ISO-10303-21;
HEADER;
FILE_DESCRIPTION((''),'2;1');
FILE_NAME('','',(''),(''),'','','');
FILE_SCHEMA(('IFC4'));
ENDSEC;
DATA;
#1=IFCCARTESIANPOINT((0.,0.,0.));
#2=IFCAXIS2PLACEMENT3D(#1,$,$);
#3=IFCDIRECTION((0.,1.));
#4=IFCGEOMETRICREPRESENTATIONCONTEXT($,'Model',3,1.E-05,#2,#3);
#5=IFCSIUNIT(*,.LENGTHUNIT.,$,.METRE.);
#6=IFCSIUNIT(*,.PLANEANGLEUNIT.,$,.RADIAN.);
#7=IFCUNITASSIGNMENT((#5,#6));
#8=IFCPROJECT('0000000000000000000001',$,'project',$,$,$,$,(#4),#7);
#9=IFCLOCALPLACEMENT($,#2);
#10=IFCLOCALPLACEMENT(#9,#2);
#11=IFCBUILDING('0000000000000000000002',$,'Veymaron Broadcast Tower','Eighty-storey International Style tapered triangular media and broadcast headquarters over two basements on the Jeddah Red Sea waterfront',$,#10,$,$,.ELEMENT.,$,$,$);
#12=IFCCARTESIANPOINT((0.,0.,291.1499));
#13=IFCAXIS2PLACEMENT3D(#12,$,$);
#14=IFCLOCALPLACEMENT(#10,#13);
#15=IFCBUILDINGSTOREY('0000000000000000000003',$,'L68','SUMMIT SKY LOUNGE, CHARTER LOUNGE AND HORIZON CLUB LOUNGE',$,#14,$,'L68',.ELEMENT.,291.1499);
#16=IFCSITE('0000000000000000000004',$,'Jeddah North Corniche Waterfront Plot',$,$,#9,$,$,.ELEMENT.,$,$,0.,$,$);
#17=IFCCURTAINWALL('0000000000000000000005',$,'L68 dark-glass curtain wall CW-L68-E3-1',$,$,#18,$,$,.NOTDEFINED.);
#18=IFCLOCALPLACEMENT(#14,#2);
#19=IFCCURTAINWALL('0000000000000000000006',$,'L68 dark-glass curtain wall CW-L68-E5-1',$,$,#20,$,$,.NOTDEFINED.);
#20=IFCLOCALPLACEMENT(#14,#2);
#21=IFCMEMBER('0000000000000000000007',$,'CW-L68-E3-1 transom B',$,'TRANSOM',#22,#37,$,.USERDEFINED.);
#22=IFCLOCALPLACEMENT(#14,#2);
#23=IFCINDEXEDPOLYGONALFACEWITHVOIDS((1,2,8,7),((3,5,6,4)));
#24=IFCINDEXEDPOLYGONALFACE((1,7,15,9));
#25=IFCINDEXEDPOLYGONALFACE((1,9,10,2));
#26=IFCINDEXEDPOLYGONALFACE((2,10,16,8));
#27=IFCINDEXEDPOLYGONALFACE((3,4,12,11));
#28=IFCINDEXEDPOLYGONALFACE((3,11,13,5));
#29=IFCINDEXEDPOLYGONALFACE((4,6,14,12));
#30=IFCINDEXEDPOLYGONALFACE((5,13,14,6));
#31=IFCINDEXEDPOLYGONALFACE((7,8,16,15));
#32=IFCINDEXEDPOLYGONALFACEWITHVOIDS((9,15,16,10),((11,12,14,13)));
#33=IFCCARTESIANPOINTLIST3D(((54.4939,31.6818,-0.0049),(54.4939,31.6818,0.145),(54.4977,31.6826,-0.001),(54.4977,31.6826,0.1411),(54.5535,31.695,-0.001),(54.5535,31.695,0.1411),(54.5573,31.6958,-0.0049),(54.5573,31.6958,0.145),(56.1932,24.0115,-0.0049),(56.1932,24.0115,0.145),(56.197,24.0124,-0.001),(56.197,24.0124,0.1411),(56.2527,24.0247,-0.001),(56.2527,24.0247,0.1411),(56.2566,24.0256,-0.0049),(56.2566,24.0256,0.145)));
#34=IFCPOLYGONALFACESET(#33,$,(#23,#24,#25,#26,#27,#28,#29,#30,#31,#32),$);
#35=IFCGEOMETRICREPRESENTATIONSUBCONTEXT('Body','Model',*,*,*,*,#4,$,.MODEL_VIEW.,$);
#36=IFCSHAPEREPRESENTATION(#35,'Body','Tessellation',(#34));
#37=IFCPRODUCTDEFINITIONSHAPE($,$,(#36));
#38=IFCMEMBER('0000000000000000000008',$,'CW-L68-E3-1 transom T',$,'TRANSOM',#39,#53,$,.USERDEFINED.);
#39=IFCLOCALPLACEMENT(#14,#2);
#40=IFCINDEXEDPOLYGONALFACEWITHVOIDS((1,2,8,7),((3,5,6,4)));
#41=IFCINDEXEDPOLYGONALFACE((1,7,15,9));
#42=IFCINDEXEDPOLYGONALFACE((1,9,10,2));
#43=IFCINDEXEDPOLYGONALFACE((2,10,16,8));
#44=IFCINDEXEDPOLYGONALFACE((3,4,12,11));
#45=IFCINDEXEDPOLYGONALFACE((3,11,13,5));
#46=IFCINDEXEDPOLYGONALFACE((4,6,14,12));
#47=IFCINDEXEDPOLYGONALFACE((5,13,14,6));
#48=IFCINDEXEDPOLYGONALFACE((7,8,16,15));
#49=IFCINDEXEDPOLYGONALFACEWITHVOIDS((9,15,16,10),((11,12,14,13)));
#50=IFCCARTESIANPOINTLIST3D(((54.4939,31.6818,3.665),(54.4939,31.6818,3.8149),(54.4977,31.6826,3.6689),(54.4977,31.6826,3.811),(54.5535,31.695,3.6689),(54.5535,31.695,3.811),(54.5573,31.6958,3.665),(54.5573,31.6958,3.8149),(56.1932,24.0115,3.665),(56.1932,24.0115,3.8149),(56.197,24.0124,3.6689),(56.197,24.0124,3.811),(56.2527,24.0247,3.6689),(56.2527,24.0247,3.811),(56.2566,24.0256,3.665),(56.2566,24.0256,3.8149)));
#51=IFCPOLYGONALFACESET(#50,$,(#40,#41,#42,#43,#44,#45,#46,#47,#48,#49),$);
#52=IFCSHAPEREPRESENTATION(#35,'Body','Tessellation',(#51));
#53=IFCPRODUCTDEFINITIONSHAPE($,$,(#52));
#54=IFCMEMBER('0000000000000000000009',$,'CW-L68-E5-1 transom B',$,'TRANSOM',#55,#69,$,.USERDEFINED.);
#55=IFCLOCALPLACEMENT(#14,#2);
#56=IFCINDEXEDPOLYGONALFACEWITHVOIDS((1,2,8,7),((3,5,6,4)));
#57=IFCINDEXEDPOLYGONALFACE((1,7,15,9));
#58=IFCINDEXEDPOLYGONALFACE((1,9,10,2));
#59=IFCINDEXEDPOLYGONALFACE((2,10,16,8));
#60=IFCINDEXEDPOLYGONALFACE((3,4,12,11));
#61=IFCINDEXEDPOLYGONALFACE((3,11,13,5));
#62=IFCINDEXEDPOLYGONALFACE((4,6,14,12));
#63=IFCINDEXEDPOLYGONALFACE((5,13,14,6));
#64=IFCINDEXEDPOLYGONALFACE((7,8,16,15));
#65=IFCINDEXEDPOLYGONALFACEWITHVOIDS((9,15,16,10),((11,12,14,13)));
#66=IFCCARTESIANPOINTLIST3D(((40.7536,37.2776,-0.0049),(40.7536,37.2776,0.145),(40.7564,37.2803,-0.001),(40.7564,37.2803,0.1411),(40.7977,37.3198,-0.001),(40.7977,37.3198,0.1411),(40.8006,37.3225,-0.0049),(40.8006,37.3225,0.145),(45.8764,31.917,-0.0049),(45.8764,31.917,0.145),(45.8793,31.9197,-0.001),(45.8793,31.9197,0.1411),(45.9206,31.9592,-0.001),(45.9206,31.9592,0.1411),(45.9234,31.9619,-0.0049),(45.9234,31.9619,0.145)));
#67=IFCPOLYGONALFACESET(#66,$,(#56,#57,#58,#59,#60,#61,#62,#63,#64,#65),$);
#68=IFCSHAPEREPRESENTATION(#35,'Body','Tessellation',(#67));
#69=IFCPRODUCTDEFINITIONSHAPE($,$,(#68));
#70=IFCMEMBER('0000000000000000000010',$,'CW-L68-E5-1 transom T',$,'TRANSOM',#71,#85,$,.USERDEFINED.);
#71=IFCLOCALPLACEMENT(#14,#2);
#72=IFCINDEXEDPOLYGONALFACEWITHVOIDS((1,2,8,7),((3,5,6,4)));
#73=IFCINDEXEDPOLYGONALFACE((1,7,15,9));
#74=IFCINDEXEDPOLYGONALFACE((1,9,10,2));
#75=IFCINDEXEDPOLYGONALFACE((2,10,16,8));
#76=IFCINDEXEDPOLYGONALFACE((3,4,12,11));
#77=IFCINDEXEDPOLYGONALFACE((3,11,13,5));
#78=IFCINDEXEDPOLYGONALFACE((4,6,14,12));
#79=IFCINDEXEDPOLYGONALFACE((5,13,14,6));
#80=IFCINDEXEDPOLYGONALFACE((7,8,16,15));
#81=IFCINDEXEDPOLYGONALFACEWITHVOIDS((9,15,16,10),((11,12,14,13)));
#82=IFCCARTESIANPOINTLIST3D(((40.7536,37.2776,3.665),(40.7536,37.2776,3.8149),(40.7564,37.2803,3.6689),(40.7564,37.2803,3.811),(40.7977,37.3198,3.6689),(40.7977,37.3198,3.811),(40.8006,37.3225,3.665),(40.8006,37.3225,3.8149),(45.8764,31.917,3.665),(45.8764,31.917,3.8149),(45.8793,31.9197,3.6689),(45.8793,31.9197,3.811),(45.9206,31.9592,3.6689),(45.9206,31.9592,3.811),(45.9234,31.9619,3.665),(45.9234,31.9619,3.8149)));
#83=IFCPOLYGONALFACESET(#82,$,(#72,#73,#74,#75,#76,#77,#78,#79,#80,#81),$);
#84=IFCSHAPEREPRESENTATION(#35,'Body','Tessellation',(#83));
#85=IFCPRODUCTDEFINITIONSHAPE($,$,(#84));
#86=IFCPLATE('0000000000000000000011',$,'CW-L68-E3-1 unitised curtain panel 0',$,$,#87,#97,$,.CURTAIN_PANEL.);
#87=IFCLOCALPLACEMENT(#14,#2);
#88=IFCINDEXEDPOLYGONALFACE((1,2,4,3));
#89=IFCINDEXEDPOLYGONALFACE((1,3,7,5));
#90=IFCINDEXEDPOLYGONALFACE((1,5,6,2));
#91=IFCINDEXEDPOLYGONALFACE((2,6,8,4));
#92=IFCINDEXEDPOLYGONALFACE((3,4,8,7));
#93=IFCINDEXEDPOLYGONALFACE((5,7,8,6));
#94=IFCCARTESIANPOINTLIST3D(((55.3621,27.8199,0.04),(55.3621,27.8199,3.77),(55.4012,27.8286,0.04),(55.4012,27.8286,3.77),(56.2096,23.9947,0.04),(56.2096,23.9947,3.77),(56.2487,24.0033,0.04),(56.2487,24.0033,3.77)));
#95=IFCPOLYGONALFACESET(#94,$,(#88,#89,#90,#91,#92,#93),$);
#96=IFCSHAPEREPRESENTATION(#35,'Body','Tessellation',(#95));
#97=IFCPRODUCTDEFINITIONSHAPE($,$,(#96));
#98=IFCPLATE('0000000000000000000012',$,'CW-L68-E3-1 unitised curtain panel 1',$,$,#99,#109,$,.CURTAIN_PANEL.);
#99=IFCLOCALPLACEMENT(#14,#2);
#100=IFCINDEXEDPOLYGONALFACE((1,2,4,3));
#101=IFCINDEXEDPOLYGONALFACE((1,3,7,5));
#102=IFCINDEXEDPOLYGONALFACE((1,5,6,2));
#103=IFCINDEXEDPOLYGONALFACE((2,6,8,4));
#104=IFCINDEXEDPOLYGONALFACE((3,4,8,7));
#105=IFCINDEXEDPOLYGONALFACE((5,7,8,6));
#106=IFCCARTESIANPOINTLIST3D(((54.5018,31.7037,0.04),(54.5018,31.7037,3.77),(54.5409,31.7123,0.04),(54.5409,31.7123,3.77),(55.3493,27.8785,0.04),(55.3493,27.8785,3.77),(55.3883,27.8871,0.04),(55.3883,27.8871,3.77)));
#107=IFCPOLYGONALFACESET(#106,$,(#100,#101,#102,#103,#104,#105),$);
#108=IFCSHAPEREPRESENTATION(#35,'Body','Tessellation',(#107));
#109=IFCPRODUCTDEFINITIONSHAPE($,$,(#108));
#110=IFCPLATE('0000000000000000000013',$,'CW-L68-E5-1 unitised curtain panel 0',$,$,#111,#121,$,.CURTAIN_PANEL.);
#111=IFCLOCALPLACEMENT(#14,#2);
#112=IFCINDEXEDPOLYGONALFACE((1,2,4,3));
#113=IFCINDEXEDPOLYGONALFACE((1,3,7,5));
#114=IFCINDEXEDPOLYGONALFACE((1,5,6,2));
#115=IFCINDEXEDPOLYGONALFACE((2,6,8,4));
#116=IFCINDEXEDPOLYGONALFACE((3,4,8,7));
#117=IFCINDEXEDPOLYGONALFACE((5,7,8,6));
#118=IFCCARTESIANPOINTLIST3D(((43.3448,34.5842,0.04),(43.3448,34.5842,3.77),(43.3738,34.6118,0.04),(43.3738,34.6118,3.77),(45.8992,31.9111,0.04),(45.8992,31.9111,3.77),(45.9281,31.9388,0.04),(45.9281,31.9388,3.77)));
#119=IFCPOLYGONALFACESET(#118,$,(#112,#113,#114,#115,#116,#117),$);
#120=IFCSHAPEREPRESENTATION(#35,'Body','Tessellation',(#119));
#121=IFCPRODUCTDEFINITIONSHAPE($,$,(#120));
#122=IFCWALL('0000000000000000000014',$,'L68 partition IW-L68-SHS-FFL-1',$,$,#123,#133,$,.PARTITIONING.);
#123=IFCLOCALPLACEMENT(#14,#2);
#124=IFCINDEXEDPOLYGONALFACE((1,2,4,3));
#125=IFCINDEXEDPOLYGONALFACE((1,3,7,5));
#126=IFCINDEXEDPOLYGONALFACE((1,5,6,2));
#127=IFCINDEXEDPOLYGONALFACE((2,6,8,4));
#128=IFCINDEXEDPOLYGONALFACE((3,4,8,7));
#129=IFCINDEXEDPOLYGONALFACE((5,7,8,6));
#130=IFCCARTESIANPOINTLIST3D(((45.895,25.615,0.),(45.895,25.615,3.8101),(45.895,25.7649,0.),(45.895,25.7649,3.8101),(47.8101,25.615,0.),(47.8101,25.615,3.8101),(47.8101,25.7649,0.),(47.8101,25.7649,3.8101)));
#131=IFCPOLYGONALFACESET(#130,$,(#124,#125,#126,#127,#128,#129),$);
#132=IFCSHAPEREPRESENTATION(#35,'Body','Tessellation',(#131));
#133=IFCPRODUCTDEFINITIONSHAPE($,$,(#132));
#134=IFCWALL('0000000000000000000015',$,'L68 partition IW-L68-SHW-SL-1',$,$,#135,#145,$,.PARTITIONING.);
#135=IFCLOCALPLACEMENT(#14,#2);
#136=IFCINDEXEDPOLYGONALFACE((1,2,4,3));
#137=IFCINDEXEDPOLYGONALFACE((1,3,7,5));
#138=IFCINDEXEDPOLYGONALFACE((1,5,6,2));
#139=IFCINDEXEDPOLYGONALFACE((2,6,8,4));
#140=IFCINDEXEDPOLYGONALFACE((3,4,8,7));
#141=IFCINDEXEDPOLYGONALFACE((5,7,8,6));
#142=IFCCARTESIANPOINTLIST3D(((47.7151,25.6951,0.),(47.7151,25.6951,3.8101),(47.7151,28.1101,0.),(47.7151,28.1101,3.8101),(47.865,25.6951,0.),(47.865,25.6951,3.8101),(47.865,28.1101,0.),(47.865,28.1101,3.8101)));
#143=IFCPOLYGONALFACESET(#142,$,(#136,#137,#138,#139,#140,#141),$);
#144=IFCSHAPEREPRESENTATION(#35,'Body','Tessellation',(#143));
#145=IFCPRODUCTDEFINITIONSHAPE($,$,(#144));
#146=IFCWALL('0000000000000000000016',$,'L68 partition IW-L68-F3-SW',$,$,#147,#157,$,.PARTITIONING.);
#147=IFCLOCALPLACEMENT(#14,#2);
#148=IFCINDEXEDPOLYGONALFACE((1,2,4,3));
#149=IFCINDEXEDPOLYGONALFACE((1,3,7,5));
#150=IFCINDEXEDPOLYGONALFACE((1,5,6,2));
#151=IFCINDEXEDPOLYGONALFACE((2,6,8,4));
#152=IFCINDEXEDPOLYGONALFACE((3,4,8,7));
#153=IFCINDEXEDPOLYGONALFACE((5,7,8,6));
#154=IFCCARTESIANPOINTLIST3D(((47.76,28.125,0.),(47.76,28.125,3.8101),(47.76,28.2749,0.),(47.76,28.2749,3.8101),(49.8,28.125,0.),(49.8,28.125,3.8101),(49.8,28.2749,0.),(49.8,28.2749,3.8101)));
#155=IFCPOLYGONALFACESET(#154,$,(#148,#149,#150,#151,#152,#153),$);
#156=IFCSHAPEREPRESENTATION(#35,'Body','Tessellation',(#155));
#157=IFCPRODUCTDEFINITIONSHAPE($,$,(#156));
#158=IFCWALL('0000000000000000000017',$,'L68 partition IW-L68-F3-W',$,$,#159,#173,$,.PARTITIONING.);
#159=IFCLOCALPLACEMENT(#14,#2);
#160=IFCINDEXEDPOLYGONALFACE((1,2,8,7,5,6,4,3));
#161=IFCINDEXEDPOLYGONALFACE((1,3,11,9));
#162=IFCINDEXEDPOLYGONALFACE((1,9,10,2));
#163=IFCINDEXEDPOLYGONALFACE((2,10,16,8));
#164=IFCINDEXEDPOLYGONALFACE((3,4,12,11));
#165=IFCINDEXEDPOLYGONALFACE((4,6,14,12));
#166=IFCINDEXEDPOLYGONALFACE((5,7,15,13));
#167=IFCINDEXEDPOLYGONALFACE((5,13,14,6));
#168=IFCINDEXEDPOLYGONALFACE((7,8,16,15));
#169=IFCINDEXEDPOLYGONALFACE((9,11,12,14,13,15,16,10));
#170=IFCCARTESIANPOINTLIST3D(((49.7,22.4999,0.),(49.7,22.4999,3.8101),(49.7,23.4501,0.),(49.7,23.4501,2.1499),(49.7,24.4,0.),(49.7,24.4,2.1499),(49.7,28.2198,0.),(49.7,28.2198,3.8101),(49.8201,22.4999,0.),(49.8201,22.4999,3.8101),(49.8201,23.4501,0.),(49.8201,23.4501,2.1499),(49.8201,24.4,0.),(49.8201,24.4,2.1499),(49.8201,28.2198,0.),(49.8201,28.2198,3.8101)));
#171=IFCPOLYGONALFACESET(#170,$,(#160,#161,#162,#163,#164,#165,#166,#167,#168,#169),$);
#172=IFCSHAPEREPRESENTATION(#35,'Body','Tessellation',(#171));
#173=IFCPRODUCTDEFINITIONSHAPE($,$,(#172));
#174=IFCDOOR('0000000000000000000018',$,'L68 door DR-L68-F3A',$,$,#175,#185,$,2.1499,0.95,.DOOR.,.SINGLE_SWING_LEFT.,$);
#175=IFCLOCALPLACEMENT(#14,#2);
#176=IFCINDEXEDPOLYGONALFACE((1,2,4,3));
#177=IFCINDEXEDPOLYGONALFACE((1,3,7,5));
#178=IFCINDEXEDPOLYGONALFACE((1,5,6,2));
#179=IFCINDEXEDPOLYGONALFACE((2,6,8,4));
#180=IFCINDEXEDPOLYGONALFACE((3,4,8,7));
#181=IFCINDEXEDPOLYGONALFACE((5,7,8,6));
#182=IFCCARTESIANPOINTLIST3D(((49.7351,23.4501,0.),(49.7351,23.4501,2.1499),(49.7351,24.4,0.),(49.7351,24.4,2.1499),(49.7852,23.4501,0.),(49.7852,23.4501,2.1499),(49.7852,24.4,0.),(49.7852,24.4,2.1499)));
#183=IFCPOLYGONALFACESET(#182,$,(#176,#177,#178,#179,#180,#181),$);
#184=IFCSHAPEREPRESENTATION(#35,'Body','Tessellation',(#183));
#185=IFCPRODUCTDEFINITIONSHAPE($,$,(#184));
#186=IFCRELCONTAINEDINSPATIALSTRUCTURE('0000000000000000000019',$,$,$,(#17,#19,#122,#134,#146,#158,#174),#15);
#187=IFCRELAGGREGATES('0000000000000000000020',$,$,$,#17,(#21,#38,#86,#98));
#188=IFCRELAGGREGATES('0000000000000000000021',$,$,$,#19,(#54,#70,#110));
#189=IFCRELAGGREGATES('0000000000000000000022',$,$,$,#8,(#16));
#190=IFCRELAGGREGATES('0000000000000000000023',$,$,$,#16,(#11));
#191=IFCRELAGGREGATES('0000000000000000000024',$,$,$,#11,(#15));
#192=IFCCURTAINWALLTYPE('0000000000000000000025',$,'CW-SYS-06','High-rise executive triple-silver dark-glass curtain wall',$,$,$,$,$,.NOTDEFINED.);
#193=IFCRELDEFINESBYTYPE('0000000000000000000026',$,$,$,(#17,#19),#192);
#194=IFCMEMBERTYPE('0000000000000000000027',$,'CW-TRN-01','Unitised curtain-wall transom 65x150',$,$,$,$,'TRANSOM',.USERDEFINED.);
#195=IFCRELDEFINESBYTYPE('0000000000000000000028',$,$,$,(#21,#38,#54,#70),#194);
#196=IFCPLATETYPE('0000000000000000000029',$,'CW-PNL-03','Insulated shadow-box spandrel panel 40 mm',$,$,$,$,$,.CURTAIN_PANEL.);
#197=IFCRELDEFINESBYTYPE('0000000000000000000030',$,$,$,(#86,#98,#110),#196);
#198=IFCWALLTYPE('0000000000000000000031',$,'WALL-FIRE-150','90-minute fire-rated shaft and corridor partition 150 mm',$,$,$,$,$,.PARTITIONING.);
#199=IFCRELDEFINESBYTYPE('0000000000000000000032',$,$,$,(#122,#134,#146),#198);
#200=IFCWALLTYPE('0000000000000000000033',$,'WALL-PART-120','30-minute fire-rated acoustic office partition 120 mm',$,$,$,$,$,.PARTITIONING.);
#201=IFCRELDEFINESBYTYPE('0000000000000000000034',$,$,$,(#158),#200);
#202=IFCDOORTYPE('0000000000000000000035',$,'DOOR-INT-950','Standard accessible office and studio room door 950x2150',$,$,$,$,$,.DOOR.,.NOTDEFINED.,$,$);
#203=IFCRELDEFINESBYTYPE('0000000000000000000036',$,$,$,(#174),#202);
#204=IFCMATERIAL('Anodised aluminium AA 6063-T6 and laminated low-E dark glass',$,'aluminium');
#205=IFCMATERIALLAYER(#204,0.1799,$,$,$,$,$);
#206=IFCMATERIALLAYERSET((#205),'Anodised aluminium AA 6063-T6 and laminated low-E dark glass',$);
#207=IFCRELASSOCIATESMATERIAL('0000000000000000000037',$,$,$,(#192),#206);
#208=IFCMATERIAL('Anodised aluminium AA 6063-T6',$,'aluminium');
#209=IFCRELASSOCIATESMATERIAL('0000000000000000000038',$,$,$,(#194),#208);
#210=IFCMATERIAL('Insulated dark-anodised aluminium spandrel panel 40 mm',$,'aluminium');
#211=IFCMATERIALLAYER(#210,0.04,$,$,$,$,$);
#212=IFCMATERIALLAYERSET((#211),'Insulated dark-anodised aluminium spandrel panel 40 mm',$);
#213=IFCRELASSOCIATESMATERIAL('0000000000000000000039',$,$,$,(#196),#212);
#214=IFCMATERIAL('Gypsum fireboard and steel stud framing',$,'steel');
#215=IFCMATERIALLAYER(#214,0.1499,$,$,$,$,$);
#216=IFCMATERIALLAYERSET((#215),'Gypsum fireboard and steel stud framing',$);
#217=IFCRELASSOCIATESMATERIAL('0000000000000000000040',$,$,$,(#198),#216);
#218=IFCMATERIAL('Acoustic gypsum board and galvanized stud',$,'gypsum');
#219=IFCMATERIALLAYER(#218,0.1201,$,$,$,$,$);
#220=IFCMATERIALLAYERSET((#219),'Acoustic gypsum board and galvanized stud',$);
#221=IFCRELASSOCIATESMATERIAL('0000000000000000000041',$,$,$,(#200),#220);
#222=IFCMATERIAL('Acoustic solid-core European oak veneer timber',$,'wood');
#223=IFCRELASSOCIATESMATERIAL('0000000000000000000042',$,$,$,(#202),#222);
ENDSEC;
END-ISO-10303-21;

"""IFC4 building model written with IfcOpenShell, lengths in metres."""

from ifc_helpers import new_model, si_unit, direction, frame, frame_2d, origin, origin_2d, place, context, subcontext, project, spatial, rectangle, hollow_rectangle, extrude, material, layer, layer_set, material_profile, profile_set, type_object, element, fill, aggregate, save


model = new_model("IFC4")

# Units and contexts
model_context = context("Model", 3, precision=1e-05, world=origin(), true_north=direction((0.0, 1.0)))
body_context = subcontext(model_context, "Body", "Model", "MODEL_VIEW")
ifc_project = project(units=[si_unit("LENGTHUNIT", "METRE"), si_unit("PLANEANGLEUNIT", "RADIAN")], contexts=[model_context])

# Site, building, storey
site_placement = place(None, origin())
site = spatial("IfcSite", under=ifc_project, at=site_placement, Name="Jeddah North Corniche Waterfront Plot", CompositionType="ELEMENT", RefElevation=0.0)
building_placement = place(site_placement, origin())
building = spatial("IfcBuilding", under=site, at=building_placement, Name="Veymaron Broadcast Tower", Description="Eighty-storey International Style tapered triangular media and broadcast headquarters over two basements on the Jeddah Red Sea waterfront", CompositionType="ELEMENT")
storey_placement = place(building_placement, frame((0.0, 0.0, 291.1499)))
storey = spatial("IfcBuildingStorey", under=building, at=storey_placement, Name="L68", Description="SUMMIT SKY LOUNGE, CHARTER LOUNGE AND HORIZON CLUB LOUNGE", LongName="L68", CompositionType="ELEMENT", Elevation=291.1499)

# Shared definitions
ifc_material_1 = material(Name="Anodised aluminium AA 6063-T6 and laminated low-E dark glass", Category="aluminium")
ifc_layer_1 = layer(ifc_material_1, 0.1799)
ifc_layer_set_1 = layer_set([ifc_layer_1], Name="Anodised aluminium AA 6063-T6 and laminated low-E dark glass")
curtain_wall_type = type_object("IfcCurtainWallType", Name="CW-SYS-06", Description="High-rise executive triple-silver dark-glass curtain wall", PredefinedType="NOTDEFINED", material=ifc_layer_set_1)
ifc_material_2 = material(Name="Anodised aluminium AA 6063-T6", Category="aluminium")

# Curtain wall
curtain_wall_1_placement = place(storey_placement, origin())
curtain_wall_1 = element("IfcCurtainWall", 1, at=curtain_wall_1_placement, inside=storey, type_object=curtain_wall_type, Name="L68 dark-glass curtain wall CW-L68-E3-1", PredefinedType="NOTDEFINED")

# Curtain wall
curtain_wall_2_placement = place(storey_placement, origin())
curtain_wall_2 = element("IfcCurtainWall", 2, at=curtain_wall_2_placement, inside=storey, type_object=curtain_wall_type, Name="L68 dark-glass curtain wall CW-L68-E5-1", PredefinedType="NOTDEFINED")

# Members
ifc_material_profile_1 = material_profile(ifc_material_2, hollow_rectangle(XDim=0.0649, YDim=0.1499, WallThickness=0.0039, at=origin_2d()), Name="AL150X65X4")
ifc_profile_set_1 = profile_set([ifc_material_profile_1], Name="Anodised aluminium AA 6063-T6")
member_type_1 = type_object("IfcMemberType", Name="CW-TRN-01", Description="Unitised curtain-wall transom 65x150", ElementType="TRANSOM", PredefinedType="USERDEFINED", material=ifc_profile_set_1)
member_1_placement = place(storey_placement, frame((56.2249, 24.0186, 0.0701), z_axis=(-0.216292, 0.976329, 0.0), x_axis=(-0.976329, -0.216292, 0.0)))
member_1 = element("IfcMember", 3, at=member_1_placement, type_object=member_type_1, Name="CW-L68-E3-1 transom B", ObjectType="TRANSOM", PredefinedType="USERDEFINED", context=body_context, shape_type="SweptSolid", body=[
    extrude(hollow_rectangle(XDim=0.0649, YDim=0.1499, WallThickness=0.0039, at=origin_2d()), origin(), (0.0, 0.0, 1.0), 7.8562),
])
member_2_placement = place(storey_placement, frame((56.2249, 24.0186, 3.74), z_axis=(-0.216292, 0.976329, 0.0), x_axis=(-0.976329, -0.216292, 0.0)))
member_2 = element("IfcMember", 4, at=member_2_placement, type_object=member_type_1, Name="CW-L68-E3-1 transom T", ObjectType="TRANSOM", PredefinedType="USERDEFINED", context=body_context, shape_type="SweptSolid", body=[
    extrude(hollow_rectangle(XDim=0.0649, YDim=0.1499, WallThickness=0.0039, at=origin_2d()), origin(), (0.0, 0.0, 1.0), 7.8562),
])
member_3_placement = place(storey_placement, frame((45.8999, 31.9395, 0.0701), z_axis=(-0.69089, 0.72296, 0.0), x_axis=(-0.72296, -0.69089, 0.0)))
member_3 = element("IfcMember", 5, at=member_3_placement, type_object=member_type_1, Name="CW-L68-E5-1 transom B", ObjectType="TRANSOM", PredefinedType="USERDEFINED", context=body_context, shape_type="SweptSolid", body=[
    extrude(hollow_rectangle(XDim=0.0649, YDim=0.1499, WallThickness=0.0039, at=origin_2d()), origin(), (0.0, 0.0, 1.0), 7.4148),
])
member_4_placement = place(storey_placement, frame((45.8999, 31.9395, 3.74), z_axis=(-0.69089, 0.72296, 0.0), x_axis=(-0.72296, -0.69089, 0.0)))
member_4 = element("IfcMember", 6, at=member_4_placement, type_object=member_type_1, Name="CW-L68-E5-1 transom T", ObjectType="TRANSOM", PredefinedType="USERDEFINED", context=body_context, shape_type="SweptSolid", body=[
    extrude(hollow_rectangle(XDim=0.0649, YDim=0.1499, WallThickness=0.0039, at=origin_2d()), origin(), (0.0, 0.0, 1.0), 7.4148),
])

# Plates
ifc_material_3 = material(Name="Insulated dark-anodised aluminium spandrel panel 40 mm", Category="aluminium")
ifc_layer_2 = layer(ifc_material_3, 0.04)
ifc_layer_set_2 = layer_set([ifc_layer_2], Name="Insulated dark-anodised aluminium spandrel panel 40 mm")
plate_type = type_object("IfcPlateType", Name="CW-PNL-03", Description="Insulated shadow-box spandrel panel 40 mm", PredefinedType="CURTAIN_PANEL", material=ifc_layer_set_2)
plate_1_placement = place(storey_placement, frame((55.8054, 25.9116, 0.04), z_axis=(0.0, 0.0, 1.0), x_axis=(-0.216303, 0.976326, 0.0)))
plate_1 = element("IfcPlate", 7, at=plate_1_placement, type_object=plate_type, Name="CW-L68-E3-1 unitised curtain panel 0", PredefinedType="CURTAIN_PANEL", context=body_context, shape_type="SweptSolid", body=[
    extrude(rectangle(XDim=3.918, YDim=0.04, at=origin_2d()), origin(), (0.0, 0.0, 1.0), 3.73),
])
plate_2_placement = place(storey_placement, frame((54.9451, 29.7954, 0.04), z_axis=(0.0, 0.0, 1.0), x_axis=(-0.216303, 0.976326, 0.0)))
plate_2 = element("IfcPlate", 8, at=plate_2_placement, type_object=plate_type, Name="CW-L68-E3-1 unitised curtain panel 1", PredefinedType="CURTAIN_PANEL", context=body_context, shape_type="SweptSolid", body=[
    extrude(rectangle(XDim=3.918, YDim=0.04, at=origin_2d()), origin(), (0.0, 0.0, 1.0), 3.73),
])
aggregate(curtain_wall_1, [member_1, member_2, plate_1, plate_2])
plate_3_placement = place(storey_placement, frame((44.6365, 33.2615, 0.04), z_axis=(0.0, 0.0, 1.0), x_axis=(-0.69087, 0.722979, 0.0)))
plate_3 = element("IfcPlate", 9, at=plate_3_placement, type_object=plate_type, Name="CW-L68-E5-1 unitised curtain panel 0", PredefinedType="CURTAIN_PANEL", context=body_context, shape_type="SweptSolid", body=[
    extrude(rectangle(XDim=3.6973, YDim=0.04, at=origin_2d()), origin(), (0.0, 0.0, 1.0), 3.73),
])
aggregate(curtain_wall_2, [member_3, member_4, plate_3])

# Shared definitions
ifc_material_4 = material(Name="Gypsum fireboard and steel stud framing", Category="steel")
ifc_layer_3 = layer(ifc_material_4, 0.1499)
ifc_layer_set_3 = layer_set([ifc_layer_3], Name="Gypsum fireboard and steel stud framing")
wall_type_1 = type_object("IfcWallType", Name="WALL-FIRE-150", Description="90-minute fire-rated shaft and corridor partition 150 mm", PredefinedType="PARTITIONING", material=ifc_layer_set_3)

# Wall
wall_1_placement = place(storey_placement, frame((45.895, 25.6899, 0.0), z_axis=(0.0, 0.0, 1.0), x_axis=(1.0, 0.0, 0.0)))
element("IfcWall", 10, at=wall_1_placement, inside=storey, type_object=wall_type_1, Name="L68 partition IW-L68-SHS-FFL-1", PredefinedType="PARTITIONING", context=body_context, shape_type="SweptSolid", body=[
    extrude(rectangle(XDim=1.915, YDim=0.1499, at=frame_2d((0.9575, 0.0))), origin(), (0.0, 0.0, 1.0), 3.8101),
])

# Walls
wall_2_placement = place(storey_placement, frame((47.79, 25.6951, 0.0), z_axis=(0.0, 0.0, 1.0), x_axis=(0.0, 1.0, 0.0)))
element("IfcWall", 11, at=wall_2_placement, inside=storey, type_object=wall_type_1, Name="L68 partition IW-L68-SHW-SL-1", PredefinedType="PARTITIONING", context=body_context, shape_type="SweptSolid", body=[
    extrude(rectangle(XDim=2.415, YDim=0.1499, at=frame_2d((1.2075, 0.0))), origin(), (0.0, 0.0, 1.0), 3.8101),
])
wall_3_placement = place(storey_placement, frame((47.76, 28.2, 0.0), z_axis=(0.0, 0.0, 1.0), x_axis=(1.0, 0.0, 0.0)))
element("IfcWall", 12, at=wall_3_placement, inside=storey, type_object=wall_type_1, Name="L68 partition IW-L68-F3-SW", PredefinedType="PARTITIONING", context=body_context, shape_type="SweptSolid", body=[
    extrude(rectangle(XDim=2.04, YDim=0.1499, at=frame_2d((1.02, 0.0))), origin(), (0.0, 0.0, 1.0), 3.8101),
])

# Wall, opening, door
ifc_material_5 = material(Name="Acoustic gypsum board and galvanized stud", Category="gypsum")
ifc_layer_4 = layer(ifc_material_5, 0.1201)
ifc_layer_set_4 = layer_set([ifc_layer_4], Name="Acoustic gypsum board and galvanized stud")
wall_type_2 = type_object("IfcWallType", Name="WALL-PART-120", Description="30-minute fire-rated acoustic office partition 120 mm", PredefinedType="PARTITIONING", material=ifc_layer_set_4)
wall_4_placement = place(storey_placement, frame((49.76, 22.5, 0.0), z_axis=(0.0, 0.0, 1.0), x_axis=(0.0, 1.0, 0.0)))
wall_4 = element("IfcWall", 13, at=wall_4_placement, inside=storey, type_object=wall_type_2, Name="L68 partition IW-L68-F3-W", PredefinedType="PARTITIONING", context=body_context, shape_type="SweptSolid", body=[
    extrude(rectangle(XDim=5.72, YDim=0.1201, at=frame_2d((2.8599, 0.0))), origin(), (0.0, 0.0, 1.0), 3.8101),
])
opening_1_placement = place(wall_4_placement, frame((0.95, 0.0, 0.0)))
opening_1 = element("IfcOpeningElement", 14, at=opening_1_placement, cuts=wall_4, PredefinedType="OPENING", context=body_context, shape_type="SweptSolid", body=[
    extrude(rectangle(XDim=0.95, YDim=2.1499, at=frame_2d((0.4751, 1.075))), frame((0.0, 0.0701, 0.0), z_axis=(0.0, -1.0, 0.0), x_axis=(1.0, 0.0, 0.0)), (0.0, 0.0, 1.0), 0.1401),
])
ifc_material_6 = material(Name="Acoustic solid-core European oak veneer timber", Category="wood")
door_type_1 = type_object("IfcDoorType", Name="DOOR-INT-950", Description="Standard accessible office and studio room door 950x2150", OperationType="NOTDEFINED", PredefinedType="DOOR", material=ifc_material_6)
door_1_placement = place(opening_1_placement, origin())
door_1 = element("IfcDoor", 15, at=door_1_placement, inside=storey, type_object=door_type_1, Name="L68 door DR-L68-F3A", OperationType="SINGLE_SWING_LEFT", OverallHeight=2.1499, OverallWidth=0.95, PredefinedType="DOOR", context=body_context, shape_type="SweptSolid", body=[
    extrude(rectangle(XDim=0.95, YDim=2.1499, at=frame_2d((0.4751, 1.075))), frame((0.0, 0.0249, 0.0), z_axis=(0.0, -1.0, 0.0), x_axis=(1.0, 0.0, 0.0)), (0.0, 0.0, 1.0), 0.05),
])
fill(opening_1, door_1)

save(model, "model.ifc")
